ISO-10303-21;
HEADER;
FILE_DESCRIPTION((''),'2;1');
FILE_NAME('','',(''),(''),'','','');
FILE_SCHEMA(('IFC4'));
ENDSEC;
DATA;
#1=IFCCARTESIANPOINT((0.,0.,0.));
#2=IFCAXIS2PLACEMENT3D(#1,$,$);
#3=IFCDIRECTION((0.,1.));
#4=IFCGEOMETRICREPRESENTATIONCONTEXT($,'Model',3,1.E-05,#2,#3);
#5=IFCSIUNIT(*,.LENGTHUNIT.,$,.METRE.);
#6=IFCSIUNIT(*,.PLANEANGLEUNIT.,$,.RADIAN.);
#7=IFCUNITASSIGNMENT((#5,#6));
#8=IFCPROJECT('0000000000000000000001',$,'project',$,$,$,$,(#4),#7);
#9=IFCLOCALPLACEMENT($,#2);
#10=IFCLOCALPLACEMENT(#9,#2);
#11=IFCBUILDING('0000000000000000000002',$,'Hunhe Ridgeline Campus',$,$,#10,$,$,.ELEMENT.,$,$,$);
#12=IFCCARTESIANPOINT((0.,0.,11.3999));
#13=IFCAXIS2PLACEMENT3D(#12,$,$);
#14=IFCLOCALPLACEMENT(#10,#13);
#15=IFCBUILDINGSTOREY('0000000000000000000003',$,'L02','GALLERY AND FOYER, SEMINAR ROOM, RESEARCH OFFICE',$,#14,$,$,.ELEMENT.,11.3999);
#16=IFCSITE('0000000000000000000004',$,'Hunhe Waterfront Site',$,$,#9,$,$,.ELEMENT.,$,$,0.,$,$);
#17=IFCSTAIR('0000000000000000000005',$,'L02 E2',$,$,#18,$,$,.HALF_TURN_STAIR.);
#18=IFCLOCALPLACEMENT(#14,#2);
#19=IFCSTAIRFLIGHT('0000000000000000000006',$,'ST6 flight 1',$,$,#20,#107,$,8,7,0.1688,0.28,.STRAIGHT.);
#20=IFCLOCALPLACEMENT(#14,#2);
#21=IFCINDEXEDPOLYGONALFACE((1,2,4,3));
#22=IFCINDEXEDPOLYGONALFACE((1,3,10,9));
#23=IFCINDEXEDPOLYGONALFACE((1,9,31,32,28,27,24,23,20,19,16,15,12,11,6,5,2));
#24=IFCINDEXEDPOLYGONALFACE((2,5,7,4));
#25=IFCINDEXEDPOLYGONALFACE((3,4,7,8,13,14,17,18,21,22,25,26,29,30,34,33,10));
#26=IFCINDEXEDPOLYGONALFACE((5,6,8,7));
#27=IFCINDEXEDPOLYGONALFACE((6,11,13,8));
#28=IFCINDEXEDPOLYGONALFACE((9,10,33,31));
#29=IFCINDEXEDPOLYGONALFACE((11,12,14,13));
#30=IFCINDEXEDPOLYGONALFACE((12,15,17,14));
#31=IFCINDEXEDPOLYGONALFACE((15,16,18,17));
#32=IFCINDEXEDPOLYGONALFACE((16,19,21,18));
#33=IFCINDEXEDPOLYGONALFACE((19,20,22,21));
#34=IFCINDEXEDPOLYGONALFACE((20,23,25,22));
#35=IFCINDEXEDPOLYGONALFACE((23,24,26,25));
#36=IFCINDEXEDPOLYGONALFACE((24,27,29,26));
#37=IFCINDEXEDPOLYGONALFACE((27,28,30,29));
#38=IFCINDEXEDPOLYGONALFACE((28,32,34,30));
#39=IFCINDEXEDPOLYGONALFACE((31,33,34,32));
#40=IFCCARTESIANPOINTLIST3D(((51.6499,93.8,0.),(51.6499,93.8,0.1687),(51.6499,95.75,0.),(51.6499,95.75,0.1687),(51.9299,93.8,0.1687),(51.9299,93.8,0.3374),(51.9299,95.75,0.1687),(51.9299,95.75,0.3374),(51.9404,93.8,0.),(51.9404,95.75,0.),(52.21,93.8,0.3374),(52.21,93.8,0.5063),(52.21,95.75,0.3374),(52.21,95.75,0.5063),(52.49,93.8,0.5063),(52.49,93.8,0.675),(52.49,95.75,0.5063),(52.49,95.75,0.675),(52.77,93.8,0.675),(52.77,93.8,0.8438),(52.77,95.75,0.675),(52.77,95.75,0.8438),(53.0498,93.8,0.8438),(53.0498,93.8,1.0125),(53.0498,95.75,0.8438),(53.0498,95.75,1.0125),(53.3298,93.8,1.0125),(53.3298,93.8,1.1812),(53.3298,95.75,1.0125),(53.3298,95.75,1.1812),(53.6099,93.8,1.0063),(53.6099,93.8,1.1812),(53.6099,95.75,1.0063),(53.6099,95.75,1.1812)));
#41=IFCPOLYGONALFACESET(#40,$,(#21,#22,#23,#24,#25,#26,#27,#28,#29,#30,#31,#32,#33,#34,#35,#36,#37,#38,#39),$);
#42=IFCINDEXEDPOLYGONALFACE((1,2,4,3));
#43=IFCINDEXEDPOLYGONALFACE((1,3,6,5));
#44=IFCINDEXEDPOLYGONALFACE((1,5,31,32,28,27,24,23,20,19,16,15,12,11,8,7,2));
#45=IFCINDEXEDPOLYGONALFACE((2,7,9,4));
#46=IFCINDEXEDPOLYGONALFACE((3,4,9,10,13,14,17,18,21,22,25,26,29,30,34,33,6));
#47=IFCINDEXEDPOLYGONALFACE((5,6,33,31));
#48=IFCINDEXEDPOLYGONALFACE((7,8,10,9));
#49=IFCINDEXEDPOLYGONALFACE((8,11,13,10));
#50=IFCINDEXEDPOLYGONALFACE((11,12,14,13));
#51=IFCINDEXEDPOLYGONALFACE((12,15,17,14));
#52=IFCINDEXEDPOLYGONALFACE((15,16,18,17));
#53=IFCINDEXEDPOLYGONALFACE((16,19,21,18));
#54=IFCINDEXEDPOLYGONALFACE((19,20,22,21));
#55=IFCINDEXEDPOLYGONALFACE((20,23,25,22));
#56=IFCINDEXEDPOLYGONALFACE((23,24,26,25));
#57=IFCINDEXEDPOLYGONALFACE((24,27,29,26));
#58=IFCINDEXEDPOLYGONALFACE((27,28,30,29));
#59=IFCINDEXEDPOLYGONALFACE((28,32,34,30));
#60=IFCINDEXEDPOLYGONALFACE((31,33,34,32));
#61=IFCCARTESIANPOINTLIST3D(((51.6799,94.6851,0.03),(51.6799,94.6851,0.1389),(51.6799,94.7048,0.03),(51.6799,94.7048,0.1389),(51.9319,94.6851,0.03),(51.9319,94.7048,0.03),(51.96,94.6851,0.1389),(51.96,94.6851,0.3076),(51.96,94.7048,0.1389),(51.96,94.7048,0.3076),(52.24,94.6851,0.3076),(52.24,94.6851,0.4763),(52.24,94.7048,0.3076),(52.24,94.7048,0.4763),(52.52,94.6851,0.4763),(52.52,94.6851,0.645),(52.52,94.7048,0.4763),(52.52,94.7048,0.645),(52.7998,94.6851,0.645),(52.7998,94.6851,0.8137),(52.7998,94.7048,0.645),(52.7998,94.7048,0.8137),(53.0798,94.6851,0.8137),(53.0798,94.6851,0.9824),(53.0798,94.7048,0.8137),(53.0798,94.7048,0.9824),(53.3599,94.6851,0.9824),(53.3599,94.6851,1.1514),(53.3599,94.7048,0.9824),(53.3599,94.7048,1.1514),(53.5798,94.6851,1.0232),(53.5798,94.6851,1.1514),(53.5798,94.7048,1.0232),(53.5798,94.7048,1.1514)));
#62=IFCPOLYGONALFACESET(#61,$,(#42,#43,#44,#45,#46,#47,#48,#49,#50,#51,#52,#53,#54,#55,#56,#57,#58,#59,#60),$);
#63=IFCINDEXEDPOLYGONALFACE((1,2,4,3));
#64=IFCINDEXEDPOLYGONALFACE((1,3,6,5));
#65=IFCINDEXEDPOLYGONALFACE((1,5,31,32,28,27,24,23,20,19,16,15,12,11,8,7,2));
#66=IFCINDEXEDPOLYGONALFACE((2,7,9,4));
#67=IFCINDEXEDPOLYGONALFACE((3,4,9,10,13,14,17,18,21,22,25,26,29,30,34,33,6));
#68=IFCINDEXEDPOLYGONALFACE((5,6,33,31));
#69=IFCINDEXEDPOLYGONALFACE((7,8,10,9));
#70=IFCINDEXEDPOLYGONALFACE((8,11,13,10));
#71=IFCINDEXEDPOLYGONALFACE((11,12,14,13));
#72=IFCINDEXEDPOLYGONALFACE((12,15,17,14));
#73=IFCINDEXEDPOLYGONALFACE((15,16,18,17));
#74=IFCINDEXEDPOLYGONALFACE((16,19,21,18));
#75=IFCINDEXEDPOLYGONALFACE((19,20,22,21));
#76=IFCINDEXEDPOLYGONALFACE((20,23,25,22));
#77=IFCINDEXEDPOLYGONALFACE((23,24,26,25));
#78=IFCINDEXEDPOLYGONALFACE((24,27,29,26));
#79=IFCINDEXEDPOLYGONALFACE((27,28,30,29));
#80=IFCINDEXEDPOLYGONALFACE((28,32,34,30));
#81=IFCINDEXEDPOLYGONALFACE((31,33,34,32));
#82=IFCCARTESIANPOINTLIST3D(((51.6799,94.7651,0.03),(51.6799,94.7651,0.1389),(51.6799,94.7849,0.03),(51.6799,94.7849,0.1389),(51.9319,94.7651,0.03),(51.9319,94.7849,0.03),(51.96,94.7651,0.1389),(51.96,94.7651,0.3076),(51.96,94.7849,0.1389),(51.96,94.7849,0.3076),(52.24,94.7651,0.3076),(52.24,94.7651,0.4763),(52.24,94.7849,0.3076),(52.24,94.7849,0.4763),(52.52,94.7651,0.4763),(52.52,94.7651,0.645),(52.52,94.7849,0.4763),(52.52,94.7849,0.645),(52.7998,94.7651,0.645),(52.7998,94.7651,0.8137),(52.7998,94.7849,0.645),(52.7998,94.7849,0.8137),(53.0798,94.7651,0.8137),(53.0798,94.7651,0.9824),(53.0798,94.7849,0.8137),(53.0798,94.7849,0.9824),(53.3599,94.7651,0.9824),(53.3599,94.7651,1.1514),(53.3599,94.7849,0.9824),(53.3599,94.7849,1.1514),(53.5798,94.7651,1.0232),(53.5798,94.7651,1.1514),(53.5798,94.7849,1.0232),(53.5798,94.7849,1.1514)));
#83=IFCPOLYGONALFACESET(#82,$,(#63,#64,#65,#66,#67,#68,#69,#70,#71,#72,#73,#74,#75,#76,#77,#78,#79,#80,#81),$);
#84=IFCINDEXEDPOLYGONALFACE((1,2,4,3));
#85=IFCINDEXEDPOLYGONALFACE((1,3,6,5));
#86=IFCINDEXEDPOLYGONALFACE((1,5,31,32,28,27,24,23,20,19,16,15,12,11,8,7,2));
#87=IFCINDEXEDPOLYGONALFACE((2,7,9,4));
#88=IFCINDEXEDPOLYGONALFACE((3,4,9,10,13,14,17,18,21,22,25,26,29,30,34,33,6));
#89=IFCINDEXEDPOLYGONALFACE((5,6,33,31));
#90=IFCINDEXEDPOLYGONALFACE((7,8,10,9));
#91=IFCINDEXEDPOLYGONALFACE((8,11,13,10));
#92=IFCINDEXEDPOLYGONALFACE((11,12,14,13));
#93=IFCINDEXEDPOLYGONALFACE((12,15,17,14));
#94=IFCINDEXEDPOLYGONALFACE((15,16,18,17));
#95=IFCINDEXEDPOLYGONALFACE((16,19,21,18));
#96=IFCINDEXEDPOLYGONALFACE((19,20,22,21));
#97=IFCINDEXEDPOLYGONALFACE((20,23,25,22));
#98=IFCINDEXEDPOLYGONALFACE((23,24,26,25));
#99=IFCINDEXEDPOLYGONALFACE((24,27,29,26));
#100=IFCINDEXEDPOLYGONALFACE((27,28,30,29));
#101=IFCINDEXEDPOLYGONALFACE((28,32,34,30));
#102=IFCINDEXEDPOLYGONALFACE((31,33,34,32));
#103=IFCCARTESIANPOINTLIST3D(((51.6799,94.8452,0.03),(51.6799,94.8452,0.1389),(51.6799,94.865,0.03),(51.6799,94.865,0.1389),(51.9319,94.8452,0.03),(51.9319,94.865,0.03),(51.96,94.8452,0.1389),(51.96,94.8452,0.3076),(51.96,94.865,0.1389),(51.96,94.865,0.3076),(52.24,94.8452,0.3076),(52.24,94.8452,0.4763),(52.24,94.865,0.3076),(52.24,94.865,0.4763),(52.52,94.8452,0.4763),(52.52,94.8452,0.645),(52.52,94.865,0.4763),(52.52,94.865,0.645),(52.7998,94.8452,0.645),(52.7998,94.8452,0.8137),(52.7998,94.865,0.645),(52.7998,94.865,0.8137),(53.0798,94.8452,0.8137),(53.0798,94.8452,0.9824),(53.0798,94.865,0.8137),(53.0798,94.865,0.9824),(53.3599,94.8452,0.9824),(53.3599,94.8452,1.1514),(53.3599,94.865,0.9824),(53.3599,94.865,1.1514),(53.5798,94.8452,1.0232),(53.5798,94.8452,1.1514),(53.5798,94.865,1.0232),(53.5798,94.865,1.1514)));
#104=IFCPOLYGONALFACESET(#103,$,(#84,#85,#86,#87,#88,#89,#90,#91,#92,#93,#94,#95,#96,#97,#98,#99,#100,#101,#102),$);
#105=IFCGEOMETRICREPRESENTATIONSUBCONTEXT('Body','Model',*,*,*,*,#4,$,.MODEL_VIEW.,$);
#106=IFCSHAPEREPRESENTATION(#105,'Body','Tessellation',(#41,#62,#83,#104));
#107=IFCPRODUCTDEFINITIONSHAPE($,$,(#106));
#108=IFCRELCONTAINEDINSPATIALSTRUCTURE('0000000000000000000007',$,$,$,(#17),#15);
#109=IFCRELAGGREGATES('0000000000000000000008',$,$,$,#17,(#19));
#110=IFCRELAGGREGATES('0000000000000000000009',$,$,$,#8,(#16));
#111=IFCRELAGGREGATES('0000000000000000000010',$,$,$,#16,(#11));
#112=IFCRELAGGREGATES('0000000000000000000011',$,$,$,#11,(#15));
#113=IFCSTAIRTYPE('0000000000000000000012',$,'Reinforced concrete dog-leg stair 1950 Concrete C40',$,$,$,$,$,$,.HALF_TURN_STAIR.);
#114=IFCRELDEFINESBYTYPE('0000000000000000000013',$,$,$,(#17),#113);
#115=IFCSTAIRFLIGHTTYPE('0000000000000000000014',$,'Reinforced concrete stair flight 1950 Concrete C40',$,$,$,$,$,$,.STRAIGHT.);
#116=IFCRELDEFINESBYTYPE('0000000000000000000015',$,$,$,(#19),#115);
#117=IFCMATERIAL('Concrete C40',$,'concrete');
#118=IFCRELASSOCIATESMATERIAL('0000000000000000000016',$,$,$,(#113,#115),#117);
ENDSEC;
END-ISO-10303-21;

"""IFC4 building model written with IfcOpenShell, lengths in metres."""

from ifc_helpers import new_model, si_unit, direction, frame, origin, place, context, subcontext, project, spatial, polyline, outline, extrude, material, type_object, element, aggregate, save


model = new_model("IFC4")

# Units and contexts
model_context = context("Model", 3, precision=1e-05, world=origin(), true_north=direction((0.0, 1.0)))
body_context = subcontext(model_context, "Body", "Model", "MODEL_VIEW")
ifc_project = project(units=[si_unit("LENGTHUNIT", "METRE"), si_unit("PLANEANGLEUNIT", "RADIAN")], contexts=[model_context])

# Site, building, storey
site_placement = place(None, origin())
site = spatial("IfcSite", under=ifc_project, at=site_placement, Name="Hunhe Waterfront Site", CompositionType="ELEMENT", RefElevation=0.0)
building_placement = place(site_placement, origin())
building = spatial("IfcBuilding", under=site, at=building_placement, Name="Hunhe Ridgeline Campus", CompositionType="ELEMENT")
storey_placement = place(building_placement, frame((0.0, 0.0, 11.3999)))
storey = spatial("IfcBuildingStorey", under=building, at=storey_placement, Name="L02", Description="GALLERY AND FOYER, SEMINAR ROOM, RESEARCH OFFICE", CompositionType="ELEMENT", Elevation=11.3999)

# Stair, stair flight
ifc_material_1 = material(Name="Concrete C40", Category="concrete")
stair_type = type_object("IfcStairType", Name="Reinforced concrete dog-leg stair 1950 Concrete C40", PredefinedType="HALF_TURN_STAIR", material=ifc_material_1)
stair_1_placement = place(storey_placement, origin())
stair_1 = element("IfcStair", 1, at=stair_1_placement, inside=storey, type_object=stair_type, Name="L02 E2", PredefinedType="HALF_TURN_STAIR")
stair_flight_type = type_object("IfcStairFlightType", Name="Reinforced concrete stair flight 1950 Concrete C40", PredefinedType="STRAIGHT", material=ifc_material_1)
stair_flight_1_placement = place(storey_placement, frame((51.6499, 94.7749, 0.0), z_axis=(0.0, 0.0, 1.0), x_axis=(1.0, 0.0, 0.0)))
stair_flight_1 = element("IfcStairFlight", 2, at=stair_flight_1_placement, type_object=stair_flight_type, Name="ST6 flight 1", NumberOfRisers=8, NumberOfTreads=7, PredefinedType="STRAIGHT", RiserHeight=0.1688, TreadLength=0.28, context=body_context, shape_type="SweptSolid", body=[
    extrude(outline(polyline([(0.0, 0.0), (0.0, 0.1687), (0.28, 0.1687), (0.28, 0.3374), (0.5601, 0.3374), (0.5601, 0.5063), (0.8401, 0.5063), (0.8401, 0.675), (1.1201, 0.675), (1.1201, 0.8438), (1.3999, 0.8438), (1.3999, 1.0125), (1.6799, 1.0125), (1.6799, 1.1812), (1.96, 1.1812), (1.96, 1.3501), (1.96, 1.0063), (0.2905, 0.0), (0.0, 0.0)])), frame((0.0, 0.9751, 0.0), z_axis=(0.0, -1.0, 0.0), x_axis=(1.0, 0.0, 0.0)), (0.0, 0.0, 1.0), 1.95),
    extrude(outline(polyline([(0.03, 0.03), (0.03, 0.1389), (0.3101, 0.1389), (0.3101, 0.3076), (0.5901, 0.3076), (0.5901, 0.4763), (0.8701, 0.4763), (0.8701, 0.645), (1.1499, 0.645), (1.1499, 0.8137), (1.4299, 0.8137), (1.4299, 0.9824), (1.71, 0.9824), (1.71, 1.1514), (1.9299, 1.1514), (1.9299, 1.0232), (0.282, 0.03), (0.03, 0.03)])), frame((0.0, -0.0701, 0.0), z_axis=(0.0, -1.0, 0.0), x_axis=(1.0, 0.0, 0.0)), (0.0, 0.0, 1.0), 0.0198),
    extrude(outline(polyline([(0.03, 0.03), (0.03, 0.1389), (0.3101, 0.1389), (0.3101, 0.3076), (0.5901, 0.3076), (0.5901, 0.4763), (0.8701, 0.4763), (0.8701, 0.645), (1.1499, 0.645), (1.1499, 0.8137), (1.4299, 0.8137), (1.4299, 0.9824), (1.71, 0.9824), (1.71, 1.1514), (1.9299, 1.1514), (1.9299, 1.0232), (0.282, 0.03), (0.03, 0.03)])), frame((0.0, 0.01, 0.0), z_axis=(0.0, -1.0, 0.0), x_axis=(1.0, 0.0, 0.0)), (0.0, 0.0, 1.0), 0.0198),
    extrude(outline(polyline([(0.03, 0.03), (0.03, 0.1389), (0.3101, 0.1389), (0.3101, 0.3076), (0.5901, 0.3076), (0.5901, 0.4763), (0.8701, 0.4763), (0.8701, 0.645), (1.1499, 0.645), (1.1499, 0.8137), (1.4299, 0.8137), (1.4299, 0.9824), (1.71, 0.9824), (1.71, 1.1514), (1.9299, 1.1514), (1.9299, 1.0232), (0.282, 0.03), (0.03, 0.03)])), frame((0.0, 0.0901, 0.0), z_axis=(0.0, -1.0, 0.0), x_axis=(1.0, 0.0, 0.0)), (0.0, 0.0, 1.0), 0.0198),
])
aggregate(stair_1, [stair_flight_1])

save(model, "model.ifc")
